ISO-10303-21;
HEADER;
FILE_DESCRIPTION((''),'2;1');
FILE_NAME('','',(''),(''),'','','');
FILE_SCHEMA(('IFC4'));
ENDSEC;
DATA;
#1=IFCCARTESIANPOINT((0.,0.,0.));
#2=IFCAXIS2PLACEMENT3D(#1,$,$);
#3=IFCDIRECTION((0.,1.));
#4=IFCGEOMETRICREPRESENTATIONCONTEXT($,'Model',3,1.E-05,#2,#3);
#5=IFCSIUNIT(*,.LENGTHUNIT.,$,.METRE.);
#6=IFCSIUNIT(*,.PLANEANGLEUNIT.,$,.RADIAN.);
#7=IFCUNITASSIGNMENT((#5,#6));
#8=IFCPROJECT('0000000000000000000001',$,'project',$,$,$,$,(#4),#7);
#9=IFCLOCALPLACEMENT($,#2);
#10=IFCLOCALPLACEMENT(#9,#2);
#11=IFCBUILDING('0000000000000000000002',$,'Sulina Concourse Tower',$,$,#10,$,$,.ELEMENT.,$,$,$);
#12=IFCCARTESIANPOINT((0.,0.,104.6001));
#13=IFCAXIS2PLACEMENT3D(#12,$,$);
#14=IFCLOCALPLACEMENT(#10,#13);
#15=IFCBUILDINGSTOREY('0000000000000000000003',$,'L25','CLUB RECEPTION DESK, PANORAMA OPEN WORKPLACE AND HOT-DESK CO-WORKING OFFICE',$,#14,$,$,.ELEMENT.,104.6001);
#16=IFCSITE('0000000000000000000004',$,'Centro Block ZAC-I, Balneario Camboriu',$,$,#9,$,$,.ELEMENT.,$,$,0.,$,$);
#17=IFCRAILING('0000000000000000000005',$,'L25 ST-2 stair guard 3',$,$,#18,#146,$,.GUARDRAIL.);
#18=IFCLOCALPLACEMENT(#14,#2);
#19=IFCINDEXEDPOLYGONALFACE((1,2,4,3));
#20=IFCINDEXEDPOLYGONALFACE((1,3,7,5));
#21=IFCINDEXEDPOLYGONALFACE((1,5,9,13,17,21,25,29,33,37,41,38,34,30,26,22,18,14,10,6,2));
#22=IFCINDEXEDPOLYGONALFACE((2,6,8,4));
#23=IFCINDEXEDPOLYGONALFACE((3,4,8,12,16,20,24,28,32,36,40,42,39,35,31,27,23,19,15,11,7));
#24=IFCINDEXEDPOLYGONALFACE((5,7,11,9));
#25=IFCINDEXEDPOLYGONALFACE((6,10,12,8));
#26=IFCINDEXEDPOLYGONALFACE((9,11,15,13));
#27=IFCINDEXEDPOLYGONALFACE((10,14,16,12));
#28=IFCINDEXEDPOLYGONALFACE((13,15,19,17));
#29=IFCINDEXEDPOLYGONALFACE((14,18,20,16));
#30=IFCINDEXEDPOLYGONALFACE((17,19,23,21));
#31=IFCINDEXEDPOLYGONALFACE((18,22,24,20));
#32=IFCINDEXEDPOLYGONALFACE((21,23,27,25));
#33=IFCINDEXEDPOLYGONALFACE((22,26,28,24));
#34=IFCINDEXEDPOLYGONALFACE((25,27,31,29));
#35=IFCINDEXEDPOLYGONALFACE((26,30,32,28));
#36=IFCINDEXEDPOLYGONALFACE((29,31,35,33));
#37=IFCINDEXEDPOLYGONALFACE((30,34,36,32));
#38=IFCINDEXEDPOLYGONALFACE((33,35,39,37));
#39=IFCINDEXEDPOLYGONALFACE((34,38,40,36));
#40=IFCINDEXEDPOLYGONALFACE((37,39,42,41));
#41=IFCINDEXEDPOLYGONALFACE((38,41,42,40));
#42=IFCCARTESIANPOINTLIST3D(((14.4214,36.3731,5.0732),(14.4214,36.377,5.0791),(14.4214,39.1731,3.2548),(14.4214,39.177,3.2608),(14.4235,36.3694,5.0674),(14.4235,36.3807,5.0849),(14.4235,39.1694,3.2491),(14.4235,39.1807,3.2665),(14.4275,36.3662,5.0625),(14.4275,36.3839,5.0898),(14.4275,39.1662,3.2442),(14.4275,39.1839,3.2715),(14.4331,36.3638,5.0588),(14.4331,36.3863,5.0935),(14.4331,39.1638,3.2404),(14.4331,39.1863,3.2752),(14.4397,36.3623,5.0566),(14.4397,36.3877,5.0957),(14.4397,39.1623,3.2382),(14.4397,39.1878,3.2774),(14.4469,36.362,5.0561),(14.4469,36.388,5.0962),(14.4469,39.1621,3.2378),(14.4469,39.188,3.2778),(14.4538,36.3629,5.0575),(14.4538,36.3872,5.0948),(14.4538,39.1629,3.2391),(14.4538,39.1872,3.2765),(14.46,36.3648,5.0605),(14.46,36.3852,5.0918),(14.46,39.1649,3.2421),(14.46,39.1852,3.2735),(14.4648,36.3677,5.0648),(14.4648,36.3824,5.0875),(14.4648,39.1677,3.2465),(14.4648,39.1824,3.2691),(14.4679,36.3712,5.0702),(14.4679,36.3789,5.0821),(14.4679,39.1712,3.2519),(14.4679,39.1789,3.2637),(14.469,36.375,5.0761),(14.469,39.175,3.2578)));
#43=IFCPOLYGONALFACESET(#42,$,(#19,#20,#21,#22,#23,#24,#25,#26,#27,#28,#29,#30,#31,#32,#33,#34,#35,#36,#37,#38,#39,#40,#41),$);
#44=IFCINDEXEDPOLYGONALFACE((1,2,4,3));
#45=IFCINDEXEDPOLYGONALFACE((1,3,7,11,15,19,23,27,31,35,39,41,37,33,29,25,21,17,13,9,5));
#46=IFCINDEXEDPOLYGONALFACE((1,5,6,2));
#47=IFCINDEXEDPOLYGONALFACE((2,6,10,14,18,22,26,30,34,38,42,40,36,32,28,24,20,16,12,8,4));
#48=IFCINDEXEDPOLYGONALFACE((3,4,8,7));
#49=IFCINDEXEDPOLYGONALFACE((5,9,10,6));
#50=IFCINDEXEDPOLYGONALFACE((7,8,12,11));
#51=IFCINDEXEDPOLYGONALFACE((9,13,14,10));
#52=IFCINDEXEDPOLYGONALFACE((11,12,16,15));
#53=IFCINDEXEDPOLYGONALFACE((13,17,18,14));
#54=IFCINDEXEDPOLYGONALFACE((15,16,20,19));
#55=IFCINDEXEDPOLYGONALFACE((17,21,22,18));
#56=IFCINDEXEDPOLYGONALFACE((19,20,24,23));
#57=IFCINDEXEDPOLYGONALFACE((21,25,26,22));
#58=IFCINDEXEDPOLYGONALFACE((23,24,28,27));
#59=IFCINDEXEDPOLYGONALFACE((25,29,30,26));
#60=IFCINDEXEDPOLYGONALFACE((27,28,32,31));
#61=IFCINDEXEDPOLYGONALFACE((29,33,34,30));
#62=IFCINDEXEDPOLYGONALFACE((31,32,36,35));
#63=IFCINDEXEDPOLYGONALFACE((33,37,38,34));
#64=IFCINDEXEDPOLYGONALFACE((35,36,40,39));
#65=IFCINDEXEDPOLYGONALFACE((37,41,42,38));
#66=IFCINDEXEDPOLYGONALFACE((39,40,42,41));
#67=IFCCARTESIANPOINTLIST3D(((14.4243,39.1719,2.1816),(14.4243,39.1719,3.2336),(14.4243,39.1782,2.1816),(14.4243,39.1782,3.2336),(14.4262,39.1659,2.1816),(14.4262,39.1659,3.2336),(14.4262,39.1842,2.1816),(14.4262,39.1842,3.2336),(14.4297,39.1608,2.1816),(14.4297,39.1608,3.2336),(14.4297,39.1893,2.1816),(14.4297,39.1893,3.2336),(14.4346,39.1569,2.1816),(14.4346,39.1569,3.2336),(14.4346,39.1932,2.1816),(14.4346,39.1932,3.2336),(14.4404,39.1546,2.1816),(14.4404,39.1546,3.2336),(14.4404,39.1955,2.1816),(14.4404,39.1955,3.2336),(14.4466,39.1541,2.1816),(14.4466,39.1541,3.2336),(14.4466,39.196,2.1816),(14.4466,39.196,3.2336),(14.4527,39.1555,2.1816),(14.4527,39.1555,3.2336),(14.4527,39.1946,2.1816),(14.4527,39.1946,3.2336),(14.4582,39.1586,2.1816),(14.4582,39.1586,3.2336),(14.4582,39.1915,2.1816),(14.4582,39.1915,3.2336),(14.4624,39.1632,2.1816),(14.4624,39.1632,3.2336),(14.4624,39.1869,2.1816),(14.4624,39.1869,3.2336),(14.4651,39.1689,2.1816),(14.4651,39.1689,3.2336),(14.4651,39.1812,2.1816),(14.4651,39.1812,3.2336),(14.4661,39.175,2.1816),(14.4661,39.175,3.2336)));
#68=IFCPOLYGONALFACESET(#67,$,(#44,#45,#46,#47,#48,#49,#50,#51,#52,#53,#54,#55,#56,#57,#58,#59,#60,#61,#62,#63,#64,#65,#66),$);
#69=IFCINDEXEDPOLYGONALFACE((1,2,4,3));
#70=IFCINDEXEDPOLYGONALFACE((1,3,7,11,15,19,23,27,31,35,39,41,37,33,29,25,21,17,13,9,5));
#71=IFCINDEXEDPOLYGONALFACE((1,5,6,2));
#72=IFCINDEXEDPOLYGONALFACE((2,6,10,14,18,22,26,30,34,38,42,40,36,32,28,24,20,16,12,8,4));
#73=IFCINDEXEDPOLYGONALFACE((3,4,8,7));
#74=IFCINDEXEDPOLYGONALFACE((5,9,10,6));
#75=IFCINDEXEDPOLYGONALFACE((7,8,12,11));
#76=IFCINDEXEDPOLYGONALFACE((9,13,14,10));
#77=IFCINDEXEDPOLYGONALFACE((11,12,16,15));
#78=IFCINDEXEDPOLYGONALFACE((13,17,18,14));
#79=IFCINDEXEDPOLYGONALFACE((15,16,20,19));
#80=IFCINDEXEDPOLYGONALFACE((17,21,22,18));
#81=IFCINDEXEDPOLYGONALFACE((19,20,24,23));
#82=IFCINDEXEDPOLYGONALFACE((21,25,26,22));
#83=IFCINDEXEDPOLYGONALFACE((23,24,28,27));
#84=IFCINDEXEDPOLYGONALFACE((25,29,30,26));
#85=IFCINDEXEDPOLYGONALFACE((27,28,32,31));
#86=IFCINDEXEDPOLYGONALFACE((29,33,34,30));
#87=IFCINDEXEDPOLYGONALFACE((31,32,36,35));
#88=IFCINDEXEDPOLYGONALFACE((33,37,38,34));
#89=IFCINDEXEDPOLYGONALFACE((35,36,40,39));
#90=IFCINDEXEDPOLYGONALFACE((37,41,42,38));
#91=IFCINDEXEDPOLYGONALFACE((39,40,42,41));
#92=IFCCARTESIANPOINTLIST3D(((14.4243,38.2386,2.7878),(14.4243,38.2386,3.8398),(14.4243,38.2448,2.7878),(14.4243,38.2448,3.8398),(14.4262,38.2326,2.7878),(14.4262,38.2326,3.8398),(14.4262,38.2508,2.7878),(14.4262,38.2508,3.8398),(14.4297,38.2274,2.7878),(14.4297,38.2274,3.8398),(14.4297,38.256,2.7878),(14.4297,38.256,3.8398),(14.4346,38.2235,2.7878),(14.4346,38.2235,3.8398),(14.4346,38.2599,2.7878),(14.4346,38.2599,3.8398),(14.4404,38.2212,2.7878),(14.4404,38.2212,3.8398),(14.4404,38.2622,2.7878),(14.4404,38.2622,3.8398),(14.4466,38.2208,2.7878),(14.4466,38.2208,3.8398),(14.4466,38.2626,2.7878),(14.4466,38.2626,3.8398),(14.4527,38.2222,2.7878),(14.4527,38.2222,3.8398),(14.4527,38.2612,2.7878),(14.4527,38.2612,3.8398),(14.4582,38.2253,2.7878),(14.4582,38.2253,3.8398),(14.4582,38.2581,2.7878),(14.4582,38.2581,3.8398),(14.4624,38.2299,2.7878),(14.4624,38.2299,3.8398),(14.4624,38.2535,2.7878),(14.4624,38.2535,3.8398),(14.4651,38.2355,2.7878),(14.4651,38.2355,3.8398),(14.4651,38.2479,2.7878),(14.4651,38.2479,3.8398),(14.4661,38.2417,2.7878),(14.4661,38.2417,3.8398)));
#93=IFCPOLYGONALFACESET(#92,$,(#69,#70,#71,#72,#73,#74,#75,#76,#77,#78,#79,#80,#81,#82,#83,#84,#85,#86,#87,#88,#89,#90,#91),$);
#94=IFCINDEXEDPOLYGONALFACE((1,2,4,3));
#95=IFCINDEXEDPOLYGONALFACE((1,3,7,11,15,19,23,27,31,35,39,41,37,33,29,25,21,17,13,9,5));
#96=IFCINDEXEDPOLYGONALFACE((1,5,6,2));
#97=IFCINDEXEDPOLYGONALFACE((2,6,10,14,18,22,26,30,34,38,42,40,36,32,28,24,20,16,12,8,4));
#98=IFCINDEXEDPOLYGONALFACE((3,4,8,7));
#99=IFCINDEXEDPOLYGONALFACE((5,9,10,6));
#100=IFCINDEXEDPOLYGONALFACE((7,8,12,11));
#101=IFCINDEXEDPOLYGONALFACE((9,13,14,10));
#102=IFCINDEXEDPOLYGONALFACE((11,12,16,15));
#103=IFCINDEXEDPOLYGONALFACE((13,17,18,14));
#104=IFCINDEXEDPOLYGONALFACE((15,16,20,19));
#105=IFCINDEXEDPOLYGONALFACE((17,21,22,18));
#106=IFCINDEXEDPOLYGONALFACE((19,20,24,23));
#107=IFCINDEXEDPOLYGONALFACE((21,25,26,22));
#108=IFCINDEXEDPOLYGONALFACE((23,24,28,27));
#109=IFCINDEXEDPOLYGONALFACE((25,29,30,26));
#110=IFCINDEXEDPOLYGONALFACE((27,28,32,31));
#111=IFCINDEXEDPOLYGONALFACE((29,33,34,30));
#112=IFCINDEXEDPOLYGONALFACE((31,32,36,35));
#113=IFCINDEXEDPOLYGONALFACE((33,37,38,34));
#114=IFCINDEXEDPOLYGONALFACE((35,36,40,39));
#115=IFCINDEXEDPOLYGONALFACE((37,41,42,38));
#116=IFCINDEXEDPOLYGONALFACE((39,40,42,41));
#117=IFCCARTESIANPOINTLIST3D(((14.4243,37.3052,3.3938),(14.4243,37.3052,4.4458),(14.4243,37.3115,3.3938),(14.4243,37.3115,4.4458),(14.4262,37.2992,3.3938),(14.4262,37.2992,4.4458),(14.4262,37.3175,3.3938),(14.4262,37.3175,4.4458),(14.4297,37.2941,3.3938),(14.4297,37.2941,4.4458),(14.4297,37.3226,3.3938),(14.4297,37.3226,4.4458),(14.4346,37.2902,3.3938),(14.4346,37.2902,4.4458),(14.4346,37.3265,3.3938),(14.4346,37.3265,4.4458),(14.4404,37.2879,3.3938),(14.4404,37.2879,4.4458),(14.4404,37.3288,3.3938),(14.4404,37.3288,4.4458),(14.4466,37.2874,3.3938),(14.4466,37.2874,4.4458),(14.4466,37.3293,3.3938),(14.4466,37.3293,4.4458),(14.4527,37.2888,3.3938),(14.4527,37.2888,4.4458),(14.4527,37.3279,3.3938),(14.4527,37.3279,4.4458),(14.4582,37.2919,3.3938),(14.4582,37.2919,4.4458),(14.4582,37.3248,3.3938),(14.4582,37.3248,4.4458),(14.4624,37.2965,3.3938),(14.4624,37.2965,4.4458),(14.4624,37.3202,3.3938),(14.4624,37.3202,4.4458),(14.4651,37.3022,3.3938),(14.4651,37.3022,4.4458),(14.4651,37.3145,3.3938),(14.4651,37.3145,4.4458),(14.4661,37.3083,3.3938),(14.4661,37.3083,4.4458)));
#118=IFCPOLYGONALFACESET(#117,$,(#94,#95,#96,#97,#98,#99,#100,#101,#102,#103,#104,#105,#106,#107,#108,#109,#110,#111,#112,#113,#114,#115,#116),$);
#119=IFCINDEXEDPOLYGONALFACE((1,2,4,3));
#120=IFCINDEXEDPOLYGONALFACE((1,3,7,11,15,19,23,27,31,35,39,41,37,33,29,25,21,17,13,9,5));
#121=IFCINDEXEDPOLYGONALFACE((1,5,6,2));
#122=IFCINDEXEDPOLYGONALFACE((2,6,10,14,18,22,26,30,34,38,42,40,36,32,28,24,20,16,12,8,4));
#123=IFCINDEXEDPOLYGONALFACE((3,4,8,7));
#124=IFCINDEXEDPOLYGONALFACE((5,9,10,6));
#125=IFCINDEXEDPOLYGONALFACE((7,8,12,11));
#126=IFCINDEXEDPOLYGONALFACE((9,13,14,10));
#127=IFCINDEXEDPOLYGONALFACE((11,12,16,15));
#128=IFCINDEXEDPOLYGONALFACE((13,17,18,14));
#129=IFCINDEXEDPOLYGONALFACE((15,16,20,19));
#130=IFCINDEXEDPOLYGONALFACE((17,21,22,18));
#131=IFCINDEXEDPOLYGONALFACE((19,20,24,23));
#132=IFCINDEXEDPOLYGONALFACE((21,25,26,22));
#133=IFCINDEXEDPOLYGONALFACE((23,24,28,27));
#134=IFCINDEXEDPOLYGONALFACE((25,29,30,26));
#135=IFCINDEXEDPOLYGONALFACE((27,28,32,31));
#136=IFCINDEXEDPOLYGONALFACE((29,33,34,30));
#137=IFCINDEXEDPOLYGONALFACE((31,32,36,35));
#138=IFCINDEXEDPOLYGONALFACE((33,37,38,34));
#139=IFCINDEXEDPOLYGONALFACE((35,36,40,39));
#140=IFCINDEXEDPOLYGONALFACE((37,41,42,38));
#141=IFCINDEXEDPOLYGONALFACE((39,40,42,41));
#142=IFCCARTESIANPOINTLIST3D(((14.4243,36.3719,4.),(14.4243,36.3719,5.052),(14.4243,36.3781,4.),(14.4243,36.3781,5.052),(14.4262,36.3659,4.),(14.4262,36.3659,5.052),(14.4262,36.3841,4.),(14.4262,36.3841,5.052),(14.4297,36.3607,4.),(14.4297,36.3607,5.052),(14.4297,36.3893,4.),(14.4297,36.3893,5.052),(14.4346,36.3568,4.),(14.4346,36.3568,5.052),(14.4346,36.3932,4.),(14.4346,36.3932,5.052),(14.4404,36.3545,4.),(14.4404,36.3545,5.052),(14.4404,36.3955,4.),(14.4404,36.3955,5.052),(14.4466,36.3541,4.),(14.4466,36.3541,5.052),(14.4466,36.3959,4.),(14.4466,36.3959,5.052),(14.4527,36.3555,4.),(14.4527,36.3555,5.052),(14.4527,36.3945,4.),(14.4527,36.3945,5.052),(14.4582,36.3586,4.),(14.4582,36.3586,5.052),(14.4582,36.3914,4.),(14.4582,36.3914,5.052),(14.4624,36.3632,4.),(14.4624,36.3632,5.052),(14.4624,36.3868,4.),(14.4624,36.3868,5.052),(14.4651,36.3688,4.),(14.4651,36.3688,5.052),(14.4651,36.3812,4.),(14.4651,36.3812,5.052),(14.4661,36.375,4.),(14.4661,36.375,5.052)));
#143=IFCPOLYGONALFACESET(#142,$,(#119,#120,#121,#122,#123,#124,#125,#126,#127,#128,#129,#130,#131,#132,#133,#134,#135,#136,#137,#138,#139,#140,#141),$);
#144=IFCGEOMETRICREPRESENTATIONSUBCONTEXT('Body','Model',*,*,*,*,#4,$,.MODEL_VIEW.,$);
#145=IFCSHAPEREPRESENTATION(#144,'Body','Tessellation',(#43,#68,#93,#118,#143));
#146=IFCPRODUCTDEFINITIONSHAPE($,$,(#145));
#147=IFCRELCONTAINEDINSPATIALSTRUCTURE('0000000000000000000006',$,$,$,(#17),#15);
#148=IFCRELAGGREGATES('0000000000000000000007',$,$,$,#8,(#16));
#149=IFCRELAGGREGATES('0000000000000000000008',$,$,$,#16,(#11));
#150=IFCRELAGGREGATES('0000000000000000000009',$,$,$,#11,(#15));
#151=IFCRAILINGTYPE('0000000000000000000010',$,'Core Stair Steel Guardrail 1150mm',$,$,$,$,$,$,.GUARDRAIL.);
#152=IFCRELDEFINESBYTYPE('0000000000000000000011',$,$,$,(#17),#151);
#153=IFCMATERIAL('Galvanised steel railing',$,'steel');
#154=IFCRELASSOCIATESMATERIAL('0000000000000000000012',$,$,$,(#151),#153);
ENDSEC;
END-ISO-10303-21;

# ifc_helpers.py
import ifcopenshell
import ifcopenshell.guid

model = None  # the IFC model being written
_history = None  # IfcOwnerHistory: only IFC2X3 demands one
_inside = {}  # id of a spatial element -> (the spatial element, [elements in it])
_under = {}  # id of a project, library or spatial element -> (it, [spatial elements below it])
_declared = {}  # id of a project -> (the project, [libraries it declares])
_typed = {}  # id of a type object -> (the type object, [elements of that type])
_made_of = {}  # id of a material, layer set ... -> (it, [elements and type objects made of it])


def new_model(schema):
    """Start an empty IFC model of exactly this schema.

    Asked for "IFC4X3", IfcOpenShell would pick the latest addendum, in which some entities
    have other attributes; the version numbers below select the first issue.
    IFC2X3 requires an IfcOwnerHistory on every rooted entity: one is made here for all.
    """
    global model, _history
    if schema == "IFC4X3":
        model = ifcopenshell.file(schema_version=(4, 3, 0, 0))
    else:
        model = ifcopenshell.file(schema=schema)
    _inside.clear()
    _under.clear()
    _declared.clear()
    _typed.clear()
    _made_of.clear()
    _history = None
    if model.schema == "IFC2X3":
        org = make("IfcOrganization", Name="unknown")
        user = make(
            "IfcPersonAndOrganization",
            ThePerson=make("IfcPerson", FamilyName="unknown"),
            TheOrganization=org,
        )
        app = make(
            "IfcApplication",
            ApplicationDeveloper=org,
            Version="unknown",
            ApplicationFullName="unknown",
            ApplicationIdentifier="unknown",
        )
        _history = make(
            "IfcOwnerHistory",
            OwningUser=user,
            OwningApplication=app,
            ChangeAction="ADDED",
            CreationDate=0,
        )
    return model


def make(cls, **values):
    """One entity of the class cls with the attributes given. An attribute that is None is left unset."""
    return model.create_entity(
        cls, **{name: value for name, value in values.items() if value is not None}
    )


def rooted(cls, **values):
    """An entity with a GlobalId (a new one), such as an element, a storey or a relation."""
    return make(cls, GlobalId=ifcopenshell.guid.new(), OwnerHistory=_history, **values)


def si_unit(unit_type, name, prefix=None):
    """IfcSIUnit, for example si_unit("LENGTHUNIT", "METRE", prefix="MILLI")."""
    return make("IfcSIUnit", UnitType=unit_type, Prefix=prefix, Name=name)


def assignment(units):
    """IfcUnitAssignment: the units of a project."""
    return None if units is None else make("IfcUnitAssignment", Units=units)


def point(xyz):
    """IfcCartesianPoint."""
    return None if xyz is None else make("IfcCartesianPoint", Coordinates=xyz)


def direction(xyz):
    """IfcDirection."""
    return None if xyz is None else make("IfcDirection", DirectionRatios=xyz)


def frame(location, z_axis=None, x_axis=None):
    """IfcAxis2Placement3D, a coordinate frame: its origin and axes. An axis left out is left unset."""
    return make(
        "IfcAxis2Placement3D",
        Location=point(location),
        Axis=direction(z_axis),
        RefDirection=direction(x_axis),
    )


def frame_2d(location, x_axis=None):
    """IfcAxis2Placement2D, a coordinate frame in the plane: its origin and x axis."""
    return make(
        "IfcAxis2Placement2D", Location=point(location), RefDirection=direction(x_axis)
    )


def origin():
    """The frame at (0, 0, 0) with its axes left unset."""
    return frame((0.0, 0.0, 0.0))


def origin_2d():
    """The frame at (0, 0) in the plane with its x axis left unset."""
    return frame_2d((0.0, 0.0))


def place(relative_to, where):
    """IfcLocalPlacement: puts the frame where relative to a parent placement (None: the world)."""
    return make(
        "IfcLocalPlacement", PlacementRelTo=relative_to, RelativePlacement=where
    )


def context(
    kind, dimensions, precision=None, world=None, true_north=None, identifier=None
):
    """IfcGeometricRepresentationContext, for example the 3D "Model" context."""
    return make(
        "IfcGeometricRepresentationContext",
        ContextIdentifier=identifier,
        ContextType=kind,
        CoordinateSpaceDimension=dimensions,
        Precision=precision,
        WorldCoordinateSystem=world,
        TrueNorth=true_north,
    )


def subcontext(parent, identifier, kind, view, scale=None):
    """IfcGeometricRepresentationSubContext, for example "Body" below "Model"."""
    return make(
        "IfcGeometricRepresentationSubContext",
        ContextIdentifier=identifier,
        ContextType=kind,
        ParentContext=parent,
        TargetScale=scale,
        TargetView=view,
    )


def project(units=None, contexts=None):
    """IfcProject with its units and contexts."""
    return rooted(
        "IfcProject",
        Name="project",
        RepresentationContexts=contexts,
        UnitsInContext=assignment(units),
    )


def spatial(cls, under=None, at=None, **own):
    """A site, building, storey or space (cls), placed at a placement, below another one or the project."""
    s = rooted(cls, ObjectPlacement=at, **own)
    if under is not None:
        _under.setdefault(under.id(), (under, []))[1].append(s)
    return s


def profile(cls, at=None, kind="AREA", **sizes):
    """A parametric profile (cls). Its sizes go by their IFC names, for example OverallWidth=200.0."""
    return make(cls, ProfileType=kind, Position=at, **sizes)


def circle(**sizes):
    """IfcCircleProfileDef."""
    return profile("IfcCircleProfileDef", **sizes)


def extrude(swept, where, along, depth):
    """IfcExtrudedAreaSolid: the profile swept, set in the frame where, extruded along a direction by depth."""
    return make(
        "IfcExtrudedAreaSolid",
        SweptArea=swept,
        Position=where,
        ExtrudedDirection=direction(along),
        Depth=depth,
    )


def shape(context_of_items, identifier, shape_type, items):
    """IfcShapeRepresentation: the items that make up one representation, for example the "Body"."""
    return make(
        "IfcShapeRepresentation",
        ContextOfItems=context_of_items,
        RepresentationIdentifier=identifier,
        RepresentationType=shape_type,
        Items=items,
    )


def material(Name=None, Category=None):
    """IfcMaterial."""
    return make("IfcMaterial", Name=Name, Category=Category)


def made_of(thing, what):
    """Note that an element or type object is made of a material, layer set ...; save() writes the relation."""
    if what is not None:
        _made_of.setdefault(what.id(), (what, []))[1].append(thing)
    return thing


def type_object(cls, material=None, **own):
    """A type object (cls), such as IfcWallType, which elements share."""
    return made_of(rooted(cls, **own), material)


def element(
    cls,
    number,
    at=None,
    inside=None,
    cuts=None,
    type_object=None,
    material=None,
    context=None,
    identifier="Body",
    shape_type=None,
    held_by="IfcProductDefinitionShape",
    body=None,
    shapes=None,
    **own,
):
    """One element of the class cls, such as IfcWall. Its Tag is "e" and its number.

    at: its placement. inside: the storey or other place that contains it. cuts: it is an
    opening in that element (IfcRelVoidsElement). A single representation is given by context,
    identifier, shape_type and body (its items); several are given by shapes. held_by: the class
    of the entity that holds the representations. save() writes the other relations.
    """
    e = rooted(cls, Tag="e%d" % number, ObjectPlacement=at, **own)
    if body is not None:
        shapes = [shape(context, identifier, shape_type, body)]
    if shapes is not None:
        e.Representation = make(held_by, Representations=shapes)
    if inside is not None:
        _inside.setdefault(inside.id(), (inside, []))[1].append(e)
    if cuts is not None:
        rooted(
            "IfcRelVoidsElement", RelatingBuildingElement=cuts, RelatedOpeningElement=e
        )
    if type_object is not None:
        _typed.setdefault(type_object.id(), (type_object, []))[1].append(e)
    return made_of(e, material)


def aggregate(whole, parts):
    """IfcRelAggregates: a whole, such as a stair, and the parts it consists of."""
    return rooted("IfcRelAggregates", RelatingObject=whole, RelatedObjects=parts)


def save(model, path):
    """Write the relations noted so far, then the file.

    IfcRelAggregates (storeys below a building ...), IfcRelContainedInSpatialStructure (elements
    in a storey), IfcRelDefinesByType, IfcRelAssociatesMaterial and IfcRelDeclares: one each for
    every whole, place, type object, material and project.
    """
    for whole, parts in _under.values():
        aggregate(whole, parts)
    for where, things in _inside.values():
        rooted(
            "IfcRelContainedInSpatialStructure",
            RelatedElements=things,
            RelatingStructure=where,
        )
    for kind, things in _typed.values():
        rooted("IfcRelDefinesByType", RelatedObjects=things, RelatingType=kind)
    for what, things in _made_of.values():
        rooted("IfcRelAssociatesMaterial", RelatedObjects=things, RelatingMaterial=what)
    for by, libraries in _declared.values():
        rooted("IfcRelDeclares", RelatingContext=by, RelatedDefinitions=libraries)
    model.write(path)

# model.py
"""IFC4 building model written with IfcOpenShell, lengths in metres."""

from ifc_helpers import new_model, si_unit, direction, frame, origin, origin_2d, place, context, subcontext, project, spatial, circle, extrude, material, type_object, element, save


model = new_model("IFC4")

# Units and contexts
model_context = context("Model", 3, precision=1e-05, world=origin(), true_north=direction((0.0, 1.0)))
body_context = subcontext(model_context, "Body", "Model", "MODEL_VIEW")
ifc_project = project(units=[si_unit("LENGTHUNIT", "METRE"), si_unit("PLANEANGLEUNIT", "RADIAN")], contexts=[model_context])

# Site, building, storey
site_placement = place(None, origin())
site = spatial("IfcSite", under=ifc_project, at=site_placement, Name="Centro Block ZAC-I, Balneario Camboriu", CompositionType="ELEMENT", RefElevation=0.0)
building_placement = place(site_placement, origin())
building = spatial("IfcBuilding", under=site, at=building_placement, Name="Sulina Concourse Tower", CompositionType="ELEMENT")
storey_placement = place(building_placement, frame((0.0, 0.0, 104.6001)))
storey = spatial("IfcBuildingStorey", under=building, at=storey_placement, Name="L25", Description="CLUB RECEPTION DESK, PANORAMA OPEN WORKPLACE AND HOT-DESK CO-WORKING OFFICE", CompositionType="ELEMENT", Elevation=104.6001)

# Railing
ifc_material_1 = material(Name="Galvanised steel railing", Category="steel")
railing_type_1 = type_object("IfcRailingType", Name="Core Stair Steel Guardrail 1150mm", PredefinedType="GUARDRAIL", material=ifc_material_1)
railing_1_placement = place(storey_placement, frame((14.4451, 39.175, 2.1816)))
element("IfcRailing", 1, at=railing_1_placement, inside=storey, type_object=railing_type_1, Name="L25 ST-2 stair guard 3", PredefinedType="GUARDRAIL", context=body_context, shape_type="SweptSolid", body=[
    extrude(circle(Radius=0.0239, at=origin_2d()), frame((0.0, 0.0, 1.0762), z_axis=(0.0, -0.838672, 0.544636), x_axis=(1.0, 0.0, 0.0)), (0.0, 0.0, 1.0), 3.3386),
    extrude(circle(Radius=0.021, at=origin_2d()), origin(), (0.0, 0.0, 1.0), 1.052),
    extrude(circle(Radius=0.021, at=origin_2d()), frame((0.0, -0.9333, 0.6062)), (0.0, 0.0, 1.0), 1.052),
    extrude(circle(Radius=0.021, at=origin_2d()), frame((0.0, -1.8667, 1.2122)), (0.0, 0.0, 1.0), 1.052),
    extrude(circle(Radius=0.021, at=origin_2d()), frame((0.0, -2.8, 1.8184)), (0.0, 0.0, 1.0), 1.052),
])

save(model, "model.ifc")
